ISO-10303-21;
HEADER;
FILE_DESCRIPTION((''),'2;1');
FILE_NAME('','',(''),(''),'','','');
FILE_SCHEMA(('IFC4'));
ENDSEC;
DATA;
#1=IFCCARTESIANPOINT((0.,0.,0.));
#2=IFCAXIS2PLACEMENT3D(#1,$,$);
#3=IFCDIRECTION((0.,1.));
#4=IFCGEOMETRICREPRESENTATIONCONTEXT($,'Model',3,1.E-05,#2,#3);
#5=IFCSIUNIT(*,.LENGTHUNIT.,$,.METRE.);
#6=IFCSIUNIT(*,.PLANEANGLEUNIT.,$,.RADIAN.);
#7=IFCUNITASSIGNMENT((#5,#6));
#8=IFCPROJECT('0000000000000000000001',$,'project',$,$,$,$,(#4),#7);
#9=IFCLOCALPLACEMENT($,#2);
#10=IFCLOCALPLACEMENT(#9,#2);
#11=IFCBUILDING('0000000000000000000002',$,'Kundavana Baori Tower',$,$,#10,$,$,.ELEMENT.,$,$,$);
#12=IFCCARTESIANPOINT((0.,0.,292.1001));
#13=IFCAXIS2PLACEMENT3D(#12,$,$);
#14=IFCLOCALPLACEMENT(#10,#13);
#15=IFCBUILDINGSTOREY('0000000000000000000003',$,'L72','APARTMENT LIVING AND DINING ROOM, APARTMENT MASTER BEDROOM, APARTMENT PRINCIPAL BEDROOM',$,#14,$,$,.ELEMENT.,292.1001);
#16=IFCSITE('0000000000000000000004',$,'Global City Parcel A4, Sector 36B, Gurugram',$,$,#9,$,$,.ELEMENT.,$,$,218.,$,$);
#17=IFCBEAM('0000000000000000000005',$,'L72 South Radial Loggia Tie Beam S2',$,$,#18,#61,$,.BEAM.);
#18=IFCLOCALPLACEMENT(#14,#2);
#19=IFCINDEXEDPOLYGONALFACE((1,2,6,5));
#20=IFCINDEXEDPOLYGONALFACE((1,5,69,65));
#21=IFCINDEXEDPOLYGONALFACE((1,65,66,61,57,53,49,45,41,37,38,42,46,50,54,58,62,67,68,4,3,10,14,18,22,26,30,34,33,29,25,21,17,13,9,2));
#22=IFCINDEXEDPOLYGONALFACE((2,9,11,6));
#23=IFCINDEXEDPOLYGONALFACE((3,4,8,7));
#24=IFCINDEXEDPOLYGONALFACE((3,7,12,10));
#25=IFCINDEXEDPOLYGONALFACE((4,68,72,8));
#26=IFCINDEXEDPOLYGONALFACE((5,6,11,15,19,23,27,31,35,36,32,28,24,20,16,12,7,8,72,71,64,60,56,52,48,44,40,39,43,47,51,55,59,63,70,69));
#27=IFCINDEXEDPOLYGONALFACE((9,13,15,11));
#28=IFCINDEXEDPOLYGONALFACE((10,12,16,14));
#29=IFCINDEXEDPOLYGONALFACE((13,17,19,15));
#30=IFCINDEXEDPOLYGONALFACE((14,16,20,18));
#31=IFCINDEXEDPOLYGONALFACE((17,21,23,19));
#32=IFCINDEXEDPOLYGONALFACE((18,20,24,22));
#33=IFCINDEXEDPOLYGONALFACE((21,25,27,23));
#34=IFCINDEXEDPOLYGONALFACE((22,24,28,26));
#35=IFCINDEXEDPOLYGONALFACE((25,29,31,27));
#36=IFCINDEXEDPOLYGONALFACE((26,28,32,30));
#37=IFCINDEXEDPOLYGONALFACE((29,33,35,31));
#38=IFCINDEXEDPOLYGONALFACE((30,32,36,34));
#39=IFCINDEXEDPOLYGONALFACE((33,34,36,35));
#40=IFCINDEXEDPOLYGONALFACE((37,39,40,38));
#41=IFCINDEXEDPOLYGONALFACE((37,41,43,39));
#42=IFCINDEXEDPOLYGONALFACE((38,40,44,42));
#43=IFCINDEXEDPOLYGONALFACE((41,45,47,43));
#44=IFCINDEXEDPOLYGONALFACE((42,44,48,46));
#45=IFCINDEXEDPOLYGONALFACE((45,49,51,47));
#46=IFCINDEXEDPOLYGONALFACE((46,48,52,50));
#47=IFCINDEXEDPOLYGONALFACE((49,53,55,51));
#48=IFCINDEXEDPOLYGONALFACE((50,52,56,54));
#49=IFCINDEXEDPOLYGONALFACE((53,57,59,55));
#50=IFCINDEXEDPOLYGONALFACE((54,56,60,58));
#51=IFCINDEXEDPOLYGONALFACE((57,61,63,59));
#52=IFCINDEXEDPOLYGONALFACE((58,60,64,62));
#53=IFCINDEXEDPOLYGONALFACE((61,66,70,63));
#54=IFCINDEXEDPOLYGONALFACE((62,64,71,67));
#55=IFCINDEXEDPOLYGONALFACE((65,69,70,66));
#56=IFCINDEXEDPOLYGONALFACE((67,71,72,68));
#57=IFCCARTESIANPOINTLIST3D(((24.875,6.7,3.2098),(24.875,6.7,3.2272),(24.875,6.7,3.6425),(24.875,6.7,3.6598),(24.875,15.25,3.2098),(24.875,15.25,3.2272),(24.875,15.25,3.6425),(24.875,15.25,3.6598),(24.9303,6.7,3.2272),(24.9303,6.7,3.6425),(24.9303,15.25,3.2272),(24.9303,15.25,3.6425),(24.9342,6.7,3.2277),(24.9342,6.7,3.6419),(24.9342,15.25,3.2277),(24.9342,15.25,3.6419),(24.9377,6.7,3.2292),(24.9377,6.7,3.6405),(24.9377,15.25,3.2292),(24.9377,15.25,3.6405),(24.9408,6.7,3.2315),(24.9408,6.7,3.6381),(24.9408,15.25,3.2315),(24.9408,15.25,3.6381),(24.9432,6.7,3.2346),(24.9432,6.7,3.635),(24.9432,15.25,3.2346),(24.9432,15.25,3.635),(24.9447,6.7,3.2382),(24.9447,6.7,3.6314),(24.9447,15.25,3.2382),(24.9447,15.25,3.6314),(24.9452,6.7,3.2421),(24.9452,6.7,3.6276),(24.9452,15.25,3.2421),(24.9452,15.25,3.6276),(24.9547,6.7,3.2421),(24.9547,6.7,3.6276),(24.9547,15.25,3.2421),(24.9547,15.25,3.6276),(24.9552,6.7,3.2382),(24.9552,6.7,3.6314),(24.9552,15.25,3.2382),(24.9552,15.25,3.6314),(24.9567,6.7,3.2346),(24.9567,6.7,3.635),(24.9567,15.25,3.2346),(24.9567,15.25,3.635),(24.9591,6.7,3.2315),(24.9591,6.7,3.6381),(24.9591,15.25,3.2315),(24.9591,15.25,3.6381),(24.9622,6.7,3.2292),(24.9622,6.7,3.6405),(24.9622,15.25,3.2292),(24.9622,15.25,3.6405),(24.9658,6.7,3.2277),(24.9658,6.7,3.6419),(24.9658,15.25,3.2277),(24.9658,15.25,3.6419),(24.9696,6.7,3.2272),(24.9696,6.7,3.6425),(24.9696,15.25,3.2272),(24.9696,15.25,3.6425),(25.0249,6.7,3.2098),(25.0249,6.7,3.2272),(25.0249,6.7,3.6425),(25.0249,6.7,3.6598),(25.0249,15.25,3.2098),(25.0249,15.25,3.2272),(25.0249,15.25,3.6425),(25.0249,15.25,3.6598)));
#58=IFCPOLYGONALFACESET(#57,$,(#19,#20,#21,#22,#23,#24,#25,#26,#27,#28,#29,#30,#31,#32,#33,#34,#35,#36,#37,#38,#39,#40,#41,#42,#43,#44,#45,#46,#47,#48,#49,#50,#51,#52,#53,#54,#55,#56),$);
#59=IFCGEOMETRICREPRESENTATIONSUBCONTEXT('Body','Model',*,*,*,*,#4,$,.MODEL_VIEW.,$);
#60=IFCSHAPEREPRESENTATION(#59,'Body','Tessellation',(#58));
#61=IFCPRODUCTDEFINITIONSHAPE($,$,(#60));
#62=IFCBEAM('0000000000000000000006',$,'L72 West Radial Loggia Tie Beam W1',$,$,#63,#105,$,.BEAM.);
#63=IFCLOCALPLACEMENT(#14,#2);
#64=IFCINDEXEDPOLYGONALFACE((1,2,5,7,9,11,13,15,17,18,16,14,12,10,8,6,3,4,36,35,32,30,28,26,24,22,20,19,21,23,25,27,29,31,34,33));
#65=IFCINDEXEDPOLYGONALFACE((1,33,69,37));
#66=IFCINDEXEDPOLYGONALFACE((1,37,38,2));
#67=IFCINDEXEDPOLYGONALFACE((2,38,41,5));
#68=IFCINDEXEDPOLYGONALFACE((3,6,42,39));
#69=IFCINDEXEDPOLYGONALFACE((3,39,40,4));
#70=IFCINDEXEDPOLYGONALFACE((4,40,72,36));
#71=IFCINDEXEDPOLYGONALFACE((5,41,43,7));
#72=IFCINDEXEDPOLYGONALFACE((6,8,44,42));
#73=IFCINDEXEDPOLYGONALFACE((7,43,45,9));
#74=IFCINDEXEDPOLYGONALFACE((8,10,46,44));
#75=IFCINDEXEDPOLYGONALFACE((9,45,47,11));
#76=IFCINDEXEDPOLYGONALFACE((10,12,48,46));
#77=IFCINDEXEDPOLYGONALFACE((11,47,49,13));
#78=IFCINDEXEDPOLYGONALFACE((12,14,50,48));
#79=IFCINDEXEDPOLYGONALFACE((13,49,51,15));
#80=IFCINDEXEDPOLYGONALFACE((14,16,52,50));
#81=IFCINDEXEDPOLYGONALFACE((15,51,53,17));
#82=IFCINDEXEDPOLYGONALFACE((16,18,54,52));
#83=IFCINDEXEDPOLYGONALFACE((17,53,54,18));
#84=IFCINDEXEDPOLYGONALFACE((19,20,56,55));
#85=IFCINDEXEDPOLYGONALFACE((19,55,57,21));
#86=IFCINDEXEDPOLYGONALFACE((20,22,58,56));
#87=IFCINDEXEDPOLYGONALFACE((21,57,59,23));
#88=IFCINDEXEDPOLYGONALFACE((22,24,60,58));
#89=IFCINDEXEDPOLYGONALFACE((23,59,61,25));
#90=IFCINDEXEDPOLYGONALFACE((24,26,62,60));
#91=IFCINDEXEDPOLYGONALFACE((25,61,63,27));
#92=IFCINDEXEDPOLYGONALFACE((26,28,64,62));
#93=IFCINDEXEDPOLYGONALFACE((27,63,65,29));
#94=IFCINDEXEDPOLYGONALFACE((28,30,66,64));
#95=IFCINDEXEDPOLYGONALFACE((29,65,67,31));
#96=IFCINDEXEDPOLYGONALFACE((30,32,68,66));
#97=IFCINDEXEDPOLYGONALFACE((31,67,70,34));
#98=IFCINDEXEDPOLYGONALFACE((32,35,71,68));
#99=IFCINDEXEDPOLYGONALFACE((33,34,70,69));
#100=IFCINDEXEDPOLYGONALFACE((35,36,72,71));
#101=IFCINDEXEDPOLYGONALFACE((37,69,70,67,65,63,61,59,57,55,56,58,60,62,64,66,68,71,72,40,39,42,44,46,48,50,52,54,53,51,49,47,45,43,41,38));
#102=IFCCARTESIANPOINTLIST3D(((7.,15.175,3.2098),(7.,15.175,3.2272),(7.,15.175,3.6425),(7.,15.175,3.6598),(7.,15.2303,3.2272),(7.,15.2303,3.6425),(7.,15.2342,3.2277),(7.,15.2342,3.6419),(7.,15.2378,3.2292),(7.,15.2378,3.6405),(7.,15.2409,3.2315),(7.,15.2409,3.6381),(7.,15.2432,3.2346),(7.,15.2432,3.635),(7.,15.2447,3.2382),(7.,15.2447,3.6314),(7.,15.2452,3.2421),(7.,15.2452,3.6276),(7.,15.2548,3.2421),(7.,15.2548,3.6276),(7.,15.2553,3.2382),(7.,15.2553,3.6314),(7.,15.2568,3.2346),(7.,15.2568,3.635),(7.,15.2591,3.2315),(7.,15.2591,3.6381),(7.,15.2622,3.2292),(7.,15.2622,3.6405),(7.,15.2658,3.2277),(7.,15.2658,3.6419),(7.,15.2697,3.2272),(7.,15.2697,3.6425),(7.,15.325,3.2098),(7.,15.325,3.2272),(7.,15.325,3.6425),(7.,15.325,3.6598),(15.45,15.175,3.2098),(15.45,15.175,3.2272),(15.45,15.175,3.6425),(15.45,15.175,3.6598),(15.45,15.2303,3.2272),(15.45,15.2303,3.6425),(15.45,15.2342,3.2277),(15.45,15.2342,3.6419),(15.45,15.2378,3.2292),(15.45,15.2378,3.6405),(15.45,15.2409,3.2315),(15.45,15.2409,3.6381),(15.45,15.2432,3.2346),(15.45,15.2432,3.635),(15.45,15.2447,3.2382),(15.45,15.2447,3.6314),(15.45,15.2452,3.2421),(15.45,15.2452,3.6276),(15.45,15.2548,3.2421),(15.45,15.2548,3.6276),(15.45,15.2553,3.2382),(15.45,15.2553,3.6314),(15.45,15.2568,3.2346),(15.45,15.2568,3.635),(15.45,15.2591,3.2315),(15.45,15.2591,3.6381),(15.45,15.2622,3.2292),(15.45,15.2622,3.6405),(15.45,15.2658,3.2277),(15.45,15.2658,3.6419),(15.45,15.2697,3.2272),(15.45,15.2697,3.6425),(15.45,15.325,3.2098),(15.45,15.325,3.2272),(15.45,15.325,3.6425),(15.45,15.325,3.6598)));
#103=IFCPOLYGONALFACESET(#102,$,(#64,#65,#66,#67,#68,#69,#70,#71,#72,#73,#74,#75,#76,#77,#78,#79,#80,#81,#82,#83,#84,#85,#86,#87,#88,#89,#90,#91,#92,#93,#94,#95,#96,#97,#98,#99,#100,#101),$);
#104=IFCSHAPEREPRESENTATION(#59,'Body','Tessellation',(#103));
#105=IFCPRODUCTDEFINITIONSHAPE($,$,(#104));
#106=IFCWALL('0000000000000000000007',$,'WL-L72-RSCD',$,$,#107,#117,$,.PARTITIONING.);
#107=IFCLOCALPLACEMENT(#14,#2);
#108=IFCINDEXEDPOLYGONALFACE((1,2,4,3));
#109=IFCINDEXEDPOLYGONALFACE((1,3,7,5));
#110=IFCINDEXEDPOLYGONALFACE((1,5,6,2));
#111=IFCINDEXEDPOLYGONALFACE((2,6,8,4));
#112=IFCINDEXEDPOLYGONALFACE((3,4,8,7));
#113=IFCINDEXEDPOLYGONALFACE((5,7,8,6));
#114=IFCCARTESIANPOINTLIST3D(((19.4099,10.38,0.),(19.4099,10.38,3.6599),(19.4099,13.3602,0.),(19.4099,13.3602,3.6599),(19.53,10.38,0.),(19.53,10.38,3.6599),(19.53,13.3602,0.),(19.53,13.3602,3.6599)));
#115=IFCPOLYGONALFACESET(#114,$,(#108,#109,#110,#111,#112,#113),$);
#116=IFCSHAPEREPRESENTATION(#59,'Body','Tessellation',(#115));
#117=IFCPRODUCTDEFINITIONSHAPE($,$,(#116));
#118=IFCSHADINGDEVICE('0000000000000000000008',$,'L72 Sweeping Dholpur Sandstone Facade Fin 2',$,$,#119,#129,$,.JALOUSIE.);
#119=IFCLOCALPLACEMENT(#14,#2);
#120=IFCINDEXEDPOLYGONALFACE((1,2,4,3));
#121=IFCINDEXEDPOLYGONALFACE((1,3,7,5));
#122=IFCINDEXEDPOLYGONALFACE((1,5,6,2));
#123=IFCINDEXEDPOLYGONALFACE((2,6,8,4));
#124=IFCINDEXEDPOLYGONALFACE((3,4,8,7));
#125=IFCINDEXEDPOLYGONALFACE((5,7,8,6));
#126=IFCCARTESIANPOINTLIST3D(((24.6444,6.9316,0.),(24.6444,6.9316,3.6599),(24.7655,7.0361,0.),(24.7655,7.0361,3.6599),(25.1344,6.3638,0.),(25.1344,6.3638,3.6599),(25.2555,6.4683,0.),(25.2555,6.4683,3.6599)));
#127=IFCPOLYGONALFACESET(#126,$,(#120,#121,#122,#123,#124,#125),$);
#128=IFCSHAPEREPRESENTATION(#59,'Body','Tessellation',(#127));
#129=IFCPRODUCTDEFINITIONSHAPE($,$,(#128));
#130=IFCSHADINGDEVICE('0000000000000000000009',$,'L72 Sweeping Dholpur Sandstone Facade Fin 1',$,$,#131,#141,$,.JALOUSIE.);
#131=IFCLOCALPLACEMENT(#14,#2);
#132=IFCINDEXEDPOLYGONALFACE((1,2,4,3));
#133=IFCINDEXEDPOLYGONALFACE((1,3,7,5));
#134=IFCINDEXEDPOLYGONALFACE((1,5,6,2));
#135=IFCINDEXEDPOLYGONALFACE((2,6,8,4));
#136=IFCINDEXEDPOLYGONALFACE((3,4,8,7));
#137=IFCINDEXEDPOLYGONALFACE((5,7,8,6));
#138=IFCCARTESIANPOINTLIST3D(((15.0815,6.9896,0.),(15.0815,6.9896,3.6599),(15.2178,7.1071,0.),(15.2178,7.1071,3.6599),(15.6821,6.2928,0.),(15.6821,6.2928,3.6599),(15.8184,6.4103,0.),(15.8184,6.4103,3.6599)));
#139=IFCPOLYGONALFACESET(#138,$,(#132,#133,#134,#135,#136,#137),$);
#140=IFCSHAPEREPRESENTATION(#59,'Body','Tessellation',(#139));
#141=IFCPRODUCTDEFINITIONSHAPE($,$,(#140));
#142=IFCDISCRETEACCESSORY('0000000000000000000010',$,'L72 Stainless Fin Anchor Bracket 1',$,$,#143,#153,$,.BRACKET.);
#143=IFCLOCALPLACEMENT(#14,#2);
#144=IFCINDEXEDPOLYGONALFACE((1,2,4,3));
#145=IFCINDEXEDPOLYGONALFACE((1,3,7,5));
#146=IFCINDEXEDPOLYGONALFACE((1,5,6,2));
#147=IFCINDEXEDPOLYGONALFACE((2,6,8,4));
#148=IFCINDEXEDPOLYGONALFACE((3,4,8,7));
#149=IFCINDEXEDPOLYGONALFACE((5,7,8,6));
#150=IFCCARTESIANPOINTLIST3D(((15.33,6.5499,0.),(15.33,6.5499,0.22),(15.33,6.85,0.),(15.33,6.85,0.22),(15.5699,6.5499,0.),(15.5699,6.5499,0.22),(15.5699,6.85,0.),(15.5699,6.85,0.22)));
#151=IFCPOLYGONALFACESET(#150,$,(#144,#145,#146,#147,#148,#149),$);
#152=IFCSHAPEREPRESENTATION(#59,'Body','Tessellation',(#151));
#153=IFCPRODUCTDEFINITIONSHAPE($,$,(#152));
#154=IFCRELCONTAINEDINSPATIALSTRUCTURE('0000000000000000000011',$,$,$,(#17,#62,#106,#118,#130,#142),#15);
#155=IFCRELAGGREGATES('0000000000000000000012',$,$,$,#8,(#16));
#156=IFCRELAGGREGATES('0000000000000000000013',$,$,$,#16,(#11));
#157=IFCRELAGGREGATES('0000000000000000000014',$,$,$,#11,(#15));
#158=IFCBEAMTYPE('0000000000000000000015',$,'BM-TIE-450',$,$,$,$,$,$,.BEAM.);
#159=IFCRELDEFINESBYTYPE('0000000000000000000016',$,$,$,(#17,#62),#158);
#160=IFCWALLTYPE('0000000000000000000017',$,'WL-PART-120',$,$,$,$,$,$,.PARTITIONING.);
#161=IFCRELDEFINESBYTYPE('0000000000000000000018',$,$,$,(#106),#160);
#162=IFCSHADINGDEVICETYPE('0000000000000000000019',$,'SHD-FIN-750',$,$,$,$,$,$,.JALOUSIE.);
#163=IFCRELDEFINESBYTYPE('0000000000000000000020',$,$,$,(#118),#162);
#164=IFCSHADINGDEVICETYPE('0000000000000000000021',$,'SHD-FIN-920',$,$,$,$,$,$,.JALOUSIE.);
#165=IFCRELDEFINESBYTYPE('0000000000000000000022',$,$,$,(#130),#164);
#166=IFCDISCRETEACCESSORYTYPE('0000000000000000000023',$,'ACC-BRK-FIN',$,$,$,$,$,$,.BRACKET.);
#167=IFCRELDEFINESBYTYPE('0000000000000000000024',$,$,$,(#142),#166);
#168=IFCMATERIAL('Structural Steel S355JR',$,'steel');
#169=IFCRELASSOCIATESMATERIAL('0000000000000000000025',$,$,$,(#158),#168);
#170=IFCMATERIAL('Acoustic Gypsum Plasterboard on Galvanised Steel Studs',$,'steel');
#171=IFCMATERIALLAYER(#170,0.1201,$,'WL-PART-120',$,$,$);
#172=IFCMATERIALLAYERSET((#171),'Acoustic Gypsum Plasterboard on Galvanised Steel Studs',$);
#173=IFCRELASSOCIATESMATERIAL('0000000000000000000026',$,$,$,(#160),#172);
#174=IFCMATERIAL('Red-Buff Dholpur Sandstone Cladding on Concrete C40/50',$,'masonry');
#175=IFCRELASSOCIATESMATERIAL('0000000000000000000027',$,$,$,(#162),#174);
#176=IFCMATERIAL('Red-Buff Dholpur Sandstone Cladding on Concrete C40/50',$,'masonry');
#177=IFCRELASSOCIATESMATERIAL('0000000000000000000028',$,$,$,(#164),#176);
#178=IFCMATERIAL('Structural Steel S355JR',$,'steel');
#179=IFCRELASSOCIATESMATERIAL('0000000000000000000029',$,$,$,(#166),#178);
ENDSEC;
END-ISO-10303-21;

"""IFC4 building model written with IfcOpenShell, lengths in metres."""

from ifc_helpers import new_model, si_unit, direction, frame, frame_2d, origin, origin_2d, place, context, subcontext, project, spatial, rectangle, i_section, extrude, material, layer, layer_set, material_profile, profile_set, type_object, element, save


model = new_model("IFC4")

# Units and contexts
model_context = context("Model", 3, precision=1e-05, world=origin(), true_north=direction((0.0, 1.0)))
body_context = subcontext(model_context, "Body", "Model", "MODEL_VIEW")
ifc_project = project(units=[si_unit("LENGTHUNIT", "METRE"), si_unit("PLANEANGLEUNIT", "RADIAN")], contexts=[model_context])

# Site, building, storey
site_placement = place(None, origin())
site = spatial("IfcSite", under=ifc_project, at=site_placement, Name="Global City Parcel A4, Sector 36B, Gurugram", CompositionType="ELEMENT", RefElevation=218.0)
building_placement = place(site_placement, origin())
building = spatial("IfcBuilding", under=site, at=building_placement, Name="Kundavana Baori Tower", CompositionType="ELEMENT")
storey_placement = place(building_placement, frame((0.0, 0.0, 292.1001)))
storey = spatial("IfcBuildingStorey", under=building, at=storey_placement, Name="L72", Description="APARTMENT LIVING AND DINING ROOM, APARTMENT MASTER BEDROOM, APARTMENT PRINCIPAL BEDROOM", CompositionType="ELEMENT", Elevation=292.1001)

# Beams
ifc_material_1 = material(Name="Structural Steel S355JR", Category="steel")
ifc_material_profile_1 = material_profile(ifc_material_1, i_section(OverallWidth=0.1499, OverallDepth=0.45, WebThickness=0.0095, FlangeThickness=0.0173, FilletRadius=0.0149, at=origin_2d()), Name="ISMB 450")
ifc_profile_set_1 = profile_set([ifc_material_profile_1], Name="Structural Steel S355JR")
beam_type_1 = type_object("IfcBeamType", Name="BM-TIE-450", PredefinedType="BEAM", material=ifc_profile_set_1)
for number, where, z_axis, x_axis, name in (
    (1, (24.95, 15.25, 3.4348), (0.0, -1.0, 0.0), (1.0, 0.0, 0.0), "L72 South Radial Loggia Tie Beam S2"),
):
    element("IfcBeam", number, at=place(storey_placement, frame(where, z_axis=z_axis, x_axis=x_axis)), inside=storey, type_object=beam_type_1, Name=name, PredefinedType="BEAM", context=body_context, shape_type="SweptSolid", body=[
        extrude(i_section(OverallWidth=0.1499, OverallDepth=0.45, WebThickness=0.0095, FlangeThickness=0.0173, FilletRadius=0.0149, at=origin_2d()), origin(), (0.0, 0.0, 1.0), 8.55),
    ])
beam_1_placement = place(storey_placement, frame((15.45, 15.25, 3.4348), z_axis=(-1.0, 0.0, 0.0), x_axis=(0.0, -1.0, 0.0)))
element("IfcBeam", 2, at=beam_1_placement, inside=storey, type_object=beam_type_1, Name="L72 West Radial Loggia Tie Beam W1", PredefinedType="BEAM", context=body_context, shape_type="SweptSolid", body=[
    extrude(i_section(OverallWidth=0.1499, OverallDepth=0.45, WebThickness=0.0095, FlangeThickness=0.0173, FilletRadius=0.0149, at=origin_2d()), origin(), (0.0, 0.0, 1.0), 8.45),
])

# Wall
ifc_material_2 = material(Name="Acoustic Gypsum Plasterboard on Galvanised Steel Studs", Category="steel")
ifc_layer = layer(ifc_material_2, 0.1201, Name="WL-PART-120")
ifc_layer_set = layer_set([ifc_layer], Name="Acoustic Gypsum Plasterboard on Galvanised Steel Studs")
wall_type = type_object("IfcWallType", Name="WL-PART-120", PredefinedType="PARTITIONING", material=ifc_layer_set)
wall_placement = place(storey_placement, frame((19.47, 10.3799, 0.0), z_axis=(0.0, 0.0, 1.0), x_axis=(0.0, 1.0, 0.0)))
element("IfcWall", 3, at=wall_placement, inside=storey, type_object=wall_type, Name="WL-L72-RSCD", PredefinedType="PARTITIONING", context=body_context, shape_type="SweptSolid", body=[
    extrude(rectangle(XDim=2.9802, YDim=0.1201, at=frame_2d((1.4902, 0.0))), origin(), (0.0, 0.0, 1.0), 3.6599),
])

# Shading devices
ifc_material_3 = material(Name="Red-Buff Dholpur Sandstone Cladding on Concrete C40/50", Category="masonry")
shading_device_type_1 = type_object("IfcShadingDeviceType", Name="SHD-FIN-750", PredefinedType="JALOUSIE", material=ifc_material_3)
shading_device_1_placement = place(storey_placement, frame((24.95, 6.7, 0.0), z_axis=(0.0, 0.0, 1.0), x_axis=(0.757109, 0.653288, 0.0)))
element("IfcShadingDevice", 4, at=shading_device_1_placement, inside=storey, type_object=shading_device_type_1, Name="L72 Sweeping Dholpur Sandstone Facade Fin 2", PredefinedType="JALOUSIE", context=body_context, shape_type="SweptSolid", body=[
    extrude(rectangle(XDim=0.1599, YDim=0.75, at=origin_2d()), origin(), (0.0, 0.0, 1.0), 3.6599),
])
ifc_material_4 = material(Name="Red-Buff Dholpur Sandstone Cladding on Concrete C40/50", Category="masonry")
shading_device_type_2 = type_object("IfcShadingDeviceType", Name="SHD-FIN-920", PredefinedType="JALOUSIE", material=ifc_material_4)
shading_device_2_placement = place(storey_placement, frame((15.45, 6.7, 0.0), z_axis=(0.0, 0.0, 1.0), x_axis=(0.757451, 0.652892, 0.0)))
element("IfcShadingDevice", 5, at=shading_device_2_placement, inside=storey, type_object=shading_device_type_2, Name="L72 Sweeping Dholpur Sandstone Facade Fin 1", PredefinedType="JALOUSIE", context=body_context, shape_type="SweptSolid", body=[
    extrude(rectangle(XDim=0.1799, YDim=0.9199, at=origin_2d()), origin(), (0.0, 0.0, 1.0), 3.6599),
])

# Discrete accessory
ifc_material_5 = material(Name="Structural Steel S355JR", Category="steel")
discrete_accessory_type = type_object("IfcDiscreteAccessoryType", Name="ACC-BRK-FIN", PredefinedType="BRACKET", material=ifc_material_5)
discrete_accessory_placement = place(storey_placement, frame((15.45, 6.7, 0.0), z_axis=(0.0, 0.0, 1.0), x_axis=(1.0, 0.0, 0.0)))
element("IfcDiscreteAccessory", 6, at=discrete_accessory_placement, inside=storey, type_object=discrete_accessory_type, Name="L72 Stainless Fin Anchor Bracket 1", PredefinedType="BRACKET", context=body_context, shape_type="SweptSolid", body=[
    extrude(rectangle(XDim=0.24, YDim=0.3, at=origin_2d()), origin(), (0.0, 0.0, 1.0), 0.22),
])

save(model, "model.ifc")
